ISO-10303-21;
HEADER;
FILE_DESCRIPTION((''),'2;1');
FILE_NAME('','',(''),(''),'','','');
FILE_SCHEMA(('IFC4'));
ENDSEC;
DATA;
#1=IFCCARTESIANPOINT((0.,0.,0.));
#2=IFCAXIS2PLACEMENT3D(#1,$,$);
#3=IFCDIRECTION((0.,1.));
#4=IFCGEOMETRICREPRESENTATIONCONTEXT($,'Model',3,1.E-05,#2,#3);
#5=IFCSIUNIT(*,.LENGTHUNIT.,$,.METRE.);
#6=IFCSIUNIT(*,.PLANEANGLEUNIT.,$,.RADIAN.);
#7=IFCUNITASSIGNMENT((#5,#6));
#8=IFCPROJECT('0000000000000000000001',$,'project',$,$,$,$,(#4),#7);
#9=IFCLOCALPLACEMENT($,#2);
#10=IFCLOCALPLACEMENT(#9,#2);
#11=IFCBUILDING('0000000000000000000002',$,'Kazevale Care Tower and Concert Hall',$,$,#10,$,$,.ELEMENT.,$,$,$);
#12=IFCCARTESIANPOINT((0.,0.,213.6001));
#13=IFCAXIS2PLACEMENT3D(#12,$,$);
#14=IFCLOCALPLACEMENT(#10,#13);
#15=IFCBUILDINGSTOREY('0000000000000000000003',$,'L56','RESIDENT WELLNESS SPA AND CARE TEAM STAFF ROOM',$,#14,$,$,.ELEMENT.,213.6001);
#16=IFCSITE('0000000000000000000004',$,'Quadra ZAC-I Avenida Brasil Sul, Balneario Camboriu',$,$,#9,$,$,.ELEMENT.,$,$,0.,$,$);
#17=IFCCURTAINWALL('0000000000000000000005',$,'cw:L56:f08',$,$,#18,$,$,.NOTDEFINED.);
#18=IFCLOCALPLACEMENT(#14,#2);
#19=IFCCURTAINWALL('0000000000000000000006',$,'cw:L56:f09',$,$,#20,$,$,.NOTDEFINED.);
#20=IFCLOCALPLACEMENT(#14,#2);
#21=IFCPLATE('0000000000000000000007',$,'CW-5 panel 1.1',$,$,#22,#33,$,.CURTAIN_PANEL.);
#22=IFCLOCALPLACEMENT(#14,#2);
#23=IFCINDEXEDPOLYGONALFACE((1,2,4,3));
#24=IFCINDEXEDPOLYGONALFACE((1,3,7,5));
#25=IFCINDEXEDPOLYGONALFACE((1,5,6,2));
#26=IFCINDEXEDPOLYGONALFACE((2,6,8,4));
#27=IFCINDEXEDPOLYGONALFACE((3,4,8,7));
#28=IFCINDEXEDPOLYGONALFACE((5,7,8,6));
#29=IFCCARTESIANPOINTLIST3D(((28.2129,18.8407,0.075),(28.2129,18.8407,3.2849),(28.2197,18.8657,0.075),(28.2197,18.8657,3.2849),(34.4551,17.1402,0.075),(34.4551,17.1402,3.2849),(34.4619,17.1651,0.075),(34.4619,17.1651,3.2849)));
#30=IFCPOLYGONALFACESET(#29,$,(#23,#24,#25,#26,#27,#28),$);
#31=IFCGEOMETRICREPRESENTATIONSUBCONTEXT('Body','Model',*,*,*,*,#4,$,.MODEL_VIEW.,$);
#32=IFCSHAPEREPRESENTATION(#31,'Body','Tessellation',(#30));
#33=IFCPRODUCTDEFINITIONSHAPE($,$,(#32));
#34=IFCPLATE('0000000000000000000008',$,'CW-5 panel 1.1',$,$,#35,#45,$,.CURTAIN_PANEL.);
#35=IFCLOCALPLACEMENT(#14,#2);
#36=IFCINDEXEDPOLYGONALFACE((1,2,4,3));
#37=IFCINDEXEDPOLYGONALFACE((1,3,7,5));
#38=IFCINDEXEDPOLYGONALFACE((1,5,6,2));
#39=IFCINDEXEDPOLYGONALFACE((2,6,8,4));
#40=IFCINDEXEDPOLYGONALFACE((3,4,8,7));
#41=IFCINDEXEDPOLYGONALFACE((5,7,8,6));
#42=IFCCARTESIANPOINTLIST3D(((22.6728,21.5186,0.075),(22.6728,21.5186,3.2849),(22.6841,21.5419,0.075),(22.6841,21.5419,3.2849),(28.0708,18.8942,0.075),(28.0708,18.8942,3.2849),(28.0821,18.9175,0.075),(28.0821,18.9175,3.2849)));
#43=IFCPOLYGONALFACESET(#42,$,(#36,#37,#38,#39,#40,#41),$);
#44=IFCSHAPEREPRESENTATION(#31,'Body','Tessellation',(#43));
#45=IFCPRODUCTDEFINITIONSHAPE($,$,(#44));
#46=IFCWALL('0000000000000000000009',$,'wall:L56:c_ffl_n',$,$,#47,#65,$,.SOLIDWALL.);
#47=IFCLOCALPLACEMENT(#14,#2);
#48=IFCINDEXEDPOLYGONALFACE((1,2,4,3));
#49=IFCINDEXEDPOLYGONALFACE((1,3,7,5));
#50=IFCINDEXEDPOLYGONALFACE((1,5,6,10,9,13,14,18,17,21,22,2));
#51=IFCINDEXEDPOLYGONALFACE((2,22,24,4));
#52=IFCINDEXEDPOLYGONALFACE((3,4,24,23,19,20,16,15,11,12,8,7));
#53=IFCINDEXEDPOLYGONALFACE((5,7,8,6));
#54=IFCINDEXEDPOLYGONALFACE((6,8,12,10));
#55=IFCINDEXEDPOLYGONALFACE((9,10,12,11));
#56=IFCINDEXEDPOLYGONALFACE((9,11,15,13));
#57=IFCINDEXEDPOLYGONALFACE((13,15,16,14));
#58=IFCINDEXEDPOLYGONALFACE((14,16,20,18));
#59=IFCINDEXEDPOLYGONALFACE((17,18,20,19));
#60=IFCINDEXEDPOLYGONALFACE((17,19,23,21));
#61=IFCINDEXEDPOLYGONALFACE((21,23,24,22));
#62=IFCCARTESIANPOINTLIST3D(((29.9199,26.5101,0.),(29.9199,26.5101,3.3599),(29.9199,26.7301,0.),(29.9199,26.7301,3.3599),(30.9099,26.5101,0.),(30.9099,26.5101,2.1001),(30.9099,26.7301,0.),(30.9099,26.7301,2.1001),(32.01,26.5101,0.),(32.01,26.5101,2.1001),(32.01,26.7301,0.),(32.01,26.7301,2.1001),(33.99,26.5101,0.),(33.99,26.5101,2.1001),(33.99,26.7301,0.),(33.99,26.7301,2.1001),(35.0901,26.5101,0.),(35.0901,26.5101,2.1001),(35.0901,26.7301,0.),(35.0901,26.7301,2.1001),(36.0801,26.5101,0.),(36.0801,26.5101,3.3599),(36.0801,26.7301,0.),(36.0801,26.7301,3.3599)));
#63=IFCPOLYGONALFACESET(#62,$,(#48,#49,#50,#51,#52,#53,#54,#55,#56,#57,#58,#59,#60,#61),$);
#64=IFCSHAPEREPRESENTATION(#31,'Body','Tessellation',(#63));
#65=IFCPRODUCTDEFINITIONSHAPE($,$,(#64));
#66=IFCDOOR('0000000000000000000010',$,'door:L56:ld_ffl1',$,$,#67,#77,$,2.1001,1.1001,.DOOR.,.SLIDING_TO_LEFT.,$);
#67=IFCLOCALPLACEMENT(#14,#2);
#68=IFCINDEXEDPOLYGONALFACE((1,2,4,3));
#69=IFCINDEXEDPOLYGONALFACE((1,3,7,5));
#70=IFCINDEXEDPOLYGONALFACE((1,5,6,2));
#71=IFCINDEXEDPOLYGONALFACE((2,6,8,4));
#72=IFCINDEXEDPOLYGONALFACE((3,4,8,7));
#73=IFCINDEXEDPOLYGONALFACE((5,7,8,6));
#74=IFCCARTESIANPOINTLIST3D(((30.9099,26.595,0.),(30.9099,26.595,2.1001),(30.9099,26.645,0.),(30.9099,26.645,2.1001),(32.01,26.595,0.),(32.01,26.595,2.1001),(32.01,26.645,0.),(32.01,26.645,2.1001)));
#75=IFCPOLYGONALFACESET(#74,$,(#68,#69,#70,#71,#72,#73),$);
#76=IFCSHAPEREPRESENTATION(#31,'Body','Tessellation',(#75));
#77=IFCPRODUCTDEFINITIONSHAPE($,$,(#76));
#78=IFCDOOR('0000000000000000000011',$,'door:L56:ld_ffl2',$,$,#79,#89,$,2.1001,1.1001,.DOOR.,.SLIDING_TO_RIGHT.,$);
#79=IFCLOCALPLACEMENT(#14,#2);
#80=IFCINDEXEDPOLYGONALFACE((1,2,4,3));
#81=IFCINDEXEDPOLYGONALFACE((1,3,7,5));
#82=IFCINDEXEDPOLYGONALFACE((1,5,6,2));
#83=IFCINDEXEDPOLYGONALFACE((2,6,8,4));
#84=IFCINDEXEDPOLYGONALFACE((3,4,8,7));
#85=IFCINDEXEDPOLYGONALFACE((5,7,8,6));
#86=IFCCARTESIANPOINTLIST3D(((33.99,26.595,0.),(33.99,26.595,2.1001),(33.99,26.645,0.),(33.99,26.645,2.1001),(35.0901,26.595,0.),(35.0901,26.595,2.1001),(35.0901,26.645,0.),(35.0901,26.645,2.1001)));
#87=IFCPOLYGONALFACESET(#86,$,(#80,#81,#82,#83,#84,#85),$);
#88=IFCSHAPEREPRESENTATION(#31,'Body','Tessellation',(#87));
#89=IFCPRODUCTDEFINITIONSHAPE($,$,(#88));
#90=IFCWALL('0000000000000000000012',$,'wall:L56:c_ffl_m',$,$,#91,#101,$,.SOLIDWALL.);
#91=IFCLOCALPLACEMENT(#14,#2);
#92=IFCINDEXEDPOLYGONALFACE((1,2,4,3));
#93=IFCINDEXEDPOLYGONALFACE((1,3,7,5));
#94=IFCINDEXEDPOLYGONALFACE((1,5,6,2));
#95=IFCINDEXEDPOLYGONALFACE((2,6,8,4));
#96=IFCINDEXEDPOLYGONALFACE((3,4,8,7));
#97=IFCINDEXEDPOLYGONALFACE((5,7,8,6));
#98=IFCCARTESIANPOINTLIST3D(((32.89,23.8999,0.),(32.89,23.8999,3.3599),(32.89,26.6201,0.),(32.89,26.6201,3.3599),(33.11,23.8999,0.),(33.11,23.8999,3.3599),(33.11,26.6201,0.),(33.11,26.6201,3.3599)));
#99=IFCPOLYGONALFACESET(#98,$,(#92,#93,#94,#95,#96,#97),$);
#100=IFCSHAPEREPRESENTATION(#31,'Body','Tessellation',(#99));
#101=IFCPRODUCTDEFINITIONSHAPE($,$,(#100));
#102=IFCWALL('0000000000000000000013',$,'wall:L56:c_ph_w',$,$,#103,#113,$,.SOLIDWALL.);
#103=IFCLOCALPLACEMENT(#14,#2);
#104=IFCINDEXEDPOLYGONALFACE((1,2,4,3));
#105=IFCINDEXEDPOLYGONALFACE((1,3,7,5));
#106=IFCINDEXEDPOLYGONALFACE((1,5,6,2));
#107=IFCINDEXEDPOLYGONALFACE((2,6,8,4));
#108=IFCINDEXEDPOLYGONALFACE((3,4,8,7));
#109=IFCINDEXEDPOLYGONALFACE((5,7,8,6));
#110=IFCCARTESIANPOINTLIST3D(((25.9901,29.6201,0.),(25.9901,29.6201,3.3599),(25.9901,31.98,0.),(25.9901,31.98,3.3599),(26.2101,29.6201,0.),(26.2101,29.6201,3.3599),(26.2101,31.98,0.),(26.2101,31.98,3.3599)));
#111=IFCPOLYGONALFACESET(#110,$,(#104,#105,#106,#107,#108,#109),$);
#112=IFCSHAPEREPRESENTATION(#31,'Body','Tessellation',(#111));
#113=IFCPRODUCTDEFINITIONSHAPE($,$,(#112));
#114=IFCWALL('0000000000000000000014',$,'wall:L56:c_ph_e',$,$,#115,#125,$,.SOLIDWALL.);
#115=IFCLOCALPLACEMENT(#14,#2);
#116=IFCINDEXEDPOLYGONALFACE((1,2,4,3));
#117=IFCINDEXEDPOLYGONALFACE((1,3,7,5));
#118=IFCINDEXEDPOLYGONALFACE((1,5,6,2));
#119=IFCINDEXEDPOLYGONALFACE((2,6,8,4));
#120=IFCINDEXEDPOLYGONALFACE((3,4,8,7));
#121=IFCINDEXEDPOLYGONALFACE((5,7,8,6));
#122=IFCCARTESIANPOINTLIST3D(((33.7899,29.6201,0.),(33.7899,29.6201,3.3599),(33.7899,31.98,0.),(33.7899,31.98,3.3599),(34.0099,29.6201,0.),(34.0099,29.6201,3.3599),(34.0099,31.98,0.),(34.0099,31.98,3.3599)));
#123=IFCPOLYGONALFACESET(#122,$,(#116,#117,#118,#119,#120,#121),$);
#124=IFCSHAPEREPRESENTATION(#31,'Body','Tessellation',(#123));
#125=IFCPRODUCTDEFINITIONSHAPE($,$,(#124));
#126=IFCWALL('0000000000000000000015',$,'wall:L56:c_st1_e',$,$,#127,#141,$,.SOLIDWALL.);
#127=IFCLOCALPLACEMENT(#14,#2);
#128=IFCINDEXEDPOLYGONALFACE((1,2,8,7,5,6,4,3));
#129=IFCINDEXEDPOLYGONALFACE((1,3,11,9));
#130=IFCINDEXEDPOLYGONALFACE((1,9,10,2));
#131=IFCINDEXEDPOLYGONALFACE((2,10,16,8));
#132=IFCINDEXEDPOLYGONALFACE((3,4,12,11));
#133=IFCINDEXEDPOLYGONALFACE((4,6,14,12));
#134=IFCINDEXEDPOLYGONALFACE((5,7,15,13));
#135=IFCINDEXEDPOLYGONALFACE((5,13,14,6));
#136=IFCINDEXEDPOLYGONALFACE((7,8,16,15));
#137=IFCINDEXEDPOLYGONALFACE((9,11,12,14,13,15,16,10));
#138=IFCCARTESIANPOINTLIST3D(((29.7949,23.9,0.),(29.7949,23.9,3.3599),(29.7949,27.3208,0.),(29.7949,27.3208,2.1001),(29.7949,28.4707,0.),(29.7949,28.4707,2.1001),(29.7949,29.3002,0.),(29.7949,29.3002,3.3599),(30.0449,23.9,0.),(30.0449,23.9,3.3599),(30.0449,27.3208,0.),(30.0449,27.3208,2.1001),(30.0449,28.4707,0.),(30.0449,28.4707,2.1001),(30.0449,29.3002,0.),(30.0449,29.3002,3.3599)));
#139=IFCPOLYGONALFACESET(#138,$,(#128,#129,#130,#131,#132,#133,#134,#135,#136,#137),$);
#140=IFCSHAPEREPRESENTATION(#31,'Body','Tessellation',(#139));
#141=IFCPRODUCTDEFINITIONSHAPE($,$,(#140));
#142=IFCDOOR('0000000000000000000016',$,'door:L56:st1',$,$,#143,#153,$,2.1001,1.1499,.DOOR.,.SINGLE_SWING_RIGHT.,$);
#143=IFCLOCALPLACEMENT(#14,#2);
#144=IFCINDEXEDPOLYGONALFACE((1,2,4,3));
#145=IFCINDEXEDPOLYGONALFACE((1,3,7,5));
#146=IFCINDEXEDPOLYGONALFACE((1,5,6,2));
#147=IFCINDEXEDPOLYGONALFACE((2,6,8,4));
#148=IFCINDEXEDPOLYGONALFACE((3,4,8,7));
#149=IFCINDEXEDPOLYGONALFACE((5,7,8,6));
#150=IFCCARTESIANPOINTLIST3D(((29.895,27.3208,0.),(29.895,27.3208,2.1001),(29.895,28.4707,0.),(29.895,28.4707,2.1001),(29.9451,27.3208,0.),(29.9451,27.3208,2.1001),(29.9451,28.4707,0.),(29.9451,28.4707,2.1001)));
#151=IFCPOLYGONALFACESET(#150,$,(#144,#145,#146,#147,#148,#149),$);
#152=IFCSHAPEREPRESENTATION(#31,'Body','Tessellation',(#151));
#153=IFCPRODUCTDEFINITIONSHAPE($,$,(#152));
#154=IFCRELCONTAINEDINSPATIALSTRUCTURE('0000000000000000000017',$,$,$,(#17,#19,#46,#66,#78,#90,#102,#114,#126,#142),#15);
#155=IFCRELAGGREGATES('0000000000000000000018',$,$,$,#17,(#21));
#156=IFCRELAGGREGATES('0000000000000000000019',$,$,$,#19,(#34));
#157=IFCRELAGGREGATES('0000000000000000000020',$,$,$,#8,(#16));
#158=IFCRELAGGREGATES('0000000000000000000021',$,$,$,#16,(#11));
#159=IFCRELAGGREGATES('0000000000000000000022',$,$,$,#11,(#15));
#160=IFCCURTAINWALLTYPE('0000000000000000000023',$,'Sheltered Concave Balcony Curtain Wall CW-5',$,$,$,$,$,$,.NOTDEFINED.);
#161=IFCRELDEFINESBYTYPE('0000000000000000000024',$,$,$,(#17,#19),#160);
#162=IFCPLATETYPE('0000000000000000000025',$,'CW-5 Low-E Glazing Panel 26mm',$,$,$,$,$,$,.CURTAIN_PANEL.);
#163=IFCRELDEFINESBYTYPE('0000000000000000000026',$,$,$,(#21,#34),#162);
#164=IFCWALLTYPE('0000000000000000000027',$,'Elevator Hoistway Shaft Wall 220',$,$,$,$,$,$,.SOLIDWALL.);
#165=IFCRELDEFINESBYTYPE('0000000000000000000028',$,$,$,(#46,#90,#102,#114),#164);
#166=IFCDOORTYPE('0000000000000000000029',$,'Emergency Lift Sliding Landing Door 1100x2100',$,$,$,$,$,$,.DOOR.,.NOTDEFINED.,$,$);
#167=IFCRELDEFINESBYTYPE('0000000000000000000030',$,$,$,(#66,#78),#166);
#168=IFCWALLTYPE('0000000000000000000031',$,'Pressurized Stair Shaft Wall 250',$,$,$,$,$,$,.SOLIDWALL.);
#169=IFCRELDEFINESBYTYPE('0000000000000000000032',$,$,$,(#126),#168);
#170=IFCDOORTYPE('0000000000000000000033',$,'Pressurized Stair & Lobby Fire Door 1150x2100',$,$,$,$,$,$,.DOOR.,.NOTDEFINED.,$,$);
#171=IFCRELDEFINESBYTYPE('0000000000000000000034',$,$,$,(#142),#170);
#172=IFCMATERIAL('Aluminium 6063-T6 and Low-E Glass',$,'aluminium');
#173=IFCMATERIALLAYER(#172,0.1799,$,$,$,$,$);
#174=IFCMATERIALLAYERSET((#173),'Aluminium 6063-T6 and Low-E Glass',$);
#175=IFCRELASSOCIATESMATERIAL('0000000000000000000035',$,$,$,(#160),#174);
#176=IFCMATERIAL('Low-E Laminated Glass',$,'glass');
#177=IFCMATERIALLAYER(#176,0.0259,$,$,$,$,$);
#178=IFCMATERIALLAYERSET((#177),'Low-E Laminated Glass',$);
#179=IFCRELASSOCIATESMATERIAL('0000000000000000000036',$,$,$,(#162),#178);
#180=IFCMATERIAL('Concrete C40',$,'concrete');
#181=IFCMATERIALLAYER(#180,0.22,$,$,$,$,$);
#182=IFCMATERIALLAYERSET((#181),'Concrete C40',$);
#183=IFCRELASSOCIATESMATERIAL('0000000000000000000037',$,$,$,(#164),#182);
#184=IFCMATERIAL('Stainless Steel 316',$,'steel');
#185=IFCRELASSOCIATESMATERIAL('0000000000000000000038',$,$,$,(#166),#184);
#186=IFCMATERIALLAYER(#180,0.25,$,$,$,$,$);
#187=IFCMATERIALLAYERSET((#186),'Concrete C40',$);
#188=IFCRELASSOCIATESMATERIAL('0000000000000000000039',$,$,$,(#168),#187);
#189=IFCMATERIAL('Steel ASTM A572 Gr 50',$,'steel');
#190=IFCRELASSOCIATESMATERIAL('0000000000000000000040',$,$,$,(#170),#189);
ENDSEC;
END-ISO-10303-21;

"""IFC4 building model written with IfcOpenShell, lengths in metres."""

from ifc_helpers import new_model, si_unit, direction, frame, frame_2d, origin, origin_2d, place, context, subcontext, project, spatial, rectangle, extrude, material, layer, layer_set, type_object, element, fill, aggregate, save


model = new_model("IFC4")

# Units and contexts
model_context = context("Model", 3, precision=1e-05, world=origin(), true_north=direction((0.0, 1.0)))
body_context = subcontext(model_context, "Body", "Model", "MODEL_VIEW")
ifc_project = project(units=[si_unit("LENGTHUNIT", "METRE"), si_unit("PLANEANGLEUNIT", "RADIAN")], contexts=[model_context])

# Site, building, storey
site_placement = place(None, origin())
site = spatial("IfcSite", under=ifc_project, at=site_placement, Name="Quadra ZAC-I Avenida Brasil Sul, Balneario Camboriu", CompositionType="ELEMENT", RefElevation=0.0)
building_placement = place(site_placement, origin())
building = spatial("IfcBuilding", under=site, at=building_placement, Name="Kazevale Care Tower and Concert Hall", CompositionType="ELEMENT")
storey_placement = place(building_placement, frame((0.0, 0.0, 213.6001)))
storey = spatial("IfcBuildingStorey", under=building, at=storey_placement, Name="L56", Description="RESIDENT WELLNESS SPA AND CARE TEAM STAFF ROOM", CompositionType="ELEMENT", Elevation=213.6001)

# Curtain wall
ifc_material_1 = material(Name="Aluminium 6063-T6 and Low-E Glass", Category="aluminium")
ifc_layer_1 = layer(ifc_material_1, 0.1799)
ifc_layer_set_1 = layer_set([ifc_layer_1], Name="Aluminium 6063-T6 and Low-E Glass")
curtain_wall_type = type_object("IfcCurtainWallType", Name="Sheltered Concave Balcony Curtain Wall CW-5", PredefinedType="NOTDEFINED", material=ifc_layer_set_1)
curtain_wall_1_placement = place(storey_placement, origin())
curtain_wall_1 = element("IfcCurtainWall", 1, at=curtain_wall_1_placement, inside=storey, type_object=curtain_wall_type, Name="cw:L56:f08", PredefinedType="NOTDEFINED")

# Curtain wall
curtain_wall_2_placement = place(storey_placement, origin())
curtain_wall_2 = element("IfcCurtainWall", 2, at=curtain_wall_2_placement, inside=storey, type_object=curtain_wall_type, Name="cw:L56:f09", PredefinedType="NOTDEFINED")

# Shared definitions
ifc_material_2 = material(Name="Steel ASTM A572 Gr 50", Category="steel")

# Plates
ifc_material_3 = material(Name="Low-E Laminated Glass", Category="glass")
ifc_layer_2 = layer(ifc_material_3, 0.0259)
ifc_layer_set_2 = layer_set([ifc_layer_2], Name="Low-E Laminated Glass")
plate_type = type_object("IfcPlateType", Name="CW-5 Low-E Glazing Panel 26mm", PredefinedType="CURTAIN_PANEL", material=ifc_layer_set_2)
plate_1_placement = place(storey_placement, frame((31.3374, 18.0029, 0.075), z_axis=(0.0, 0.0, 1.0), x_axis=(-0.964837, 0.262849, 0.0)))
plate_1 = element("IfcPlate", 3, at=plate_1_placement, type_object=plate_type, Name="CW-5 panel 1.1", PredefinedType="CURTAIN_PANEL", context=body_context, shape_type="SweptSolid", body=[
    extrude(rectangle(XDim=6.4697, YDim=0.0259, at=origin_2d()), origin(), (0.0, 0.0, 1.0), 3.21),
])
aggregate(curtain_wall_1, [plate_1])
plate_2_placement = place(storey_placement, frame((25.3774, 20.218, 0.075), z_axis=(0.0, 0.0, 1.0), x_axis=(-0.899346, 0.437238, 0.0)))
plate_2 = element("IfcPlate", 4, at=plate_2_placement, type_object=plate_type, Name="CW-5 panel 1.1", PredefinedType="CURTAIN_PANEL", context=body_context, shape_type="SweptSolid", body=[
    extrude(rectangle(XDim=6.0022, YDim=0.0259, at=origin_2d()), origin(), (0.0, 0.0, 1.0), 3.21),
])
aggregate(curtain_wall_2, [plate_2])

# Wall, openings, doors
ifc_material_4 = material(Name="Concrete C40", Category="concrete")
ifc_layer_3 = layer(ifc_material_4, 0.22)
ifc_layer_set_3 = layer_set([ifc_layer_3], Name="Concrete C40")
wall_type_1 = type_object("IfcWallType", Name="Elevator Hoistway Shaft Wall 220", PredefinedType="SOLIDWALL", material=ifc_layer_set_3)
wall_1_placement = place(storey_placement, frame((29.9199, 26.6201, 0.0), z_axis=(0.0, 0.0, 1.0), x_axis=(1.0, 0.0, 0.0)))
wall_1 = element("IfcWall", 5, at=wall_1_placement, inside=storey, type_object=wall_type_1, Name="wall:L56:c_ffl_n", PredefinedType="SOLIDWALL", context=body_context, shape_type="SweptSolid", body=[
    extrude(rectangle(XDim=6.1602, YDim=0.22, at=frame_2d((3.0801, 0.0))), origin(), (0.0, 0.0, 1.0), 3.3599),
])
opening_1_placement = place(wall_1_placement, frame((0.99, 0.0, 0.0)))
opening_1 = element("IfcOpeningElement", 6, at=opening_1_placement, cuts=wall_1, PredefinedType="OPENING", context=body_context, shape_type="SweptSolid", body=[
    extrude(rectangle(XDim=1.1001, YDim=2.1001, at=frame_2d((0.55, 1.05))), frame((0.0, 0.1199, 0.0), z_axis=(0.0, -1.0, 0.0), x_axis=(1.0, 0.0, 0.0)), (0.0, 0.0, 1.0), 0.24),
])
opening_2_placement = place(wall_1_placement, frame((4.0701, 0.0, 0.0)))
opening_2 = element("IfcOpeningElement", 7, at=opening_2_placement, cuts=wall_1, PredefinedType="OPENING", context=body_context, shape_type="SweptSolid", body=[
    extrude(rectangle(XDim=1.1001, YDim=2.1001, at=frame_2d((0.55, 1.05))), frame((0.0, 0.1199, 0.0), z_axis=(0.0, -1.0, 0.0), x_axis=(1.0, 0.0, 0.0)), (0.0, 0.0, 1.0), 0.24),
])
ifc_material_5 = material(Name="Stainless Steel 316", Category="steel")
door_type_1 = type_object("IfcDoorType", Name="Emergency Lift Sliding Landing Door 1100x2100", OperationType="NOTDEFINED", PredefinedType="DOOR", material=ifc_material_5)
door_1_placement = place(opening_1_placement, origin())
door_1 = element("IfcDoor", 8, at=door_1_placement, inside=storey, type_object=door_type_1, Name="door:L56:ld_ffl1", OperationType="SLIDING_TO_LEFT", OverallHeight=2.1001, OverallWidth=1.1001, PredefinedType="DOOR", context=body_context, shape_type="SweptSolid", body=[
    extrude(rectangle(XDim=1.1001, YDim=2.1001, at=frame_2d((0.55, 1.05))), frame((0.0, 0.0249, 0.0), z_axis=(0.0, -1.0, 0.0), x_axis=(1.0, 0.0, 0.0)), (0.0, 0.0, 1.0), 0.05),
])
fill(opening_1, door_1)
door_2_placement = place(opening_2_placement, origin())
door_2 = element("IfcDoor", 9, at=door_2_placement, inside=storey, type_object=door_type_1, Name="door:L56:ld_ffl2", OperationType="SLIDING_TO_RIGHT", OverallHeight=2.1001, OverallWidth=1.1001, PredefinedType="DOOR", context=body_context, shape_type="SweptSolid", body=[
    extrude(rectangle(XDim=1.1001, YDim=2.1001, at=frame_2d((0.55, 1.05))), frame((0.0, 0.0249, 0.0), z_axis=(0.0, -1.0, 0.0), x_axis=(1.0, 0.0, 0.0)), (0.0, 0.0, 1.0), 0.05),
])
fill(opening_2, door_2)

# Walls
wall_2_placement = place(storey_placement, frame((33.0, 23.8999, 0.0), z_axis=(0.0, 0.0, 1.0), x_axis=(0.0, 1.0, 0.0)))
element("IfcWall", 10, at=wall_2_placement, inside=storey, type_object=wall_type_1, Name="wall:L56:c_ffl_m", PredefinedType="SOLIDWALL", context=body_context, shape_type="SweptSolid", body=[
    extrude(rectangle(XDim=2.7202, YDim=0.22, at=frame_2d((1.3601, 0.0))), origin(), (0.0, 0.0, 1.0), 3.3599),
])
for number, where, z_axis, x_axis, name in (
    (11, (26.1001, 29.6201, 0.0), (0.0, 0.0, 1.0), (0.0, 1.0, 0.0), "wall:L56:c_ph_w"),
    (12, (33.8999, 29.6201, 0.0), (0.0, 0.0, 1.0), (0.0, 1.0, 0.0), "wall:L56:c_ph_e"),
):
    element("IfcWall", number, at=place(storey_placement, frame(where, z_axis=z_axis, x_axis=x_axis)), inside=storey, type_object=wall_type_1, Name=name, PredefinedType="SOLIDWALL", context=body_context, shape_type="SweptSolid", body=[
        extrude(rectangle(XDim=2.3599, YDim=0.22, at=frame_2d((1.1799, 0.0))), origin(), (0.0, 0.0, 1.0), 3.3599),
    ])

# Wall, opening, door
ifc_layer_4 = layer(ifc_material_4, 0.25)
ifc_layer_set_4 = layer_set([ifc_layer_4], Name="Concrete C40")
wall_type_2 = type_object("IfcWallType", Name="Pressurized Stair Shaft Wall 250", PredefinedType="SOLIDWALL", material=ifc_layer_set_4)
wall_3_placement = place(storey_placement, frame((29.9199, 23.8999, 0.0), z_axis=(0.0, 0.0, 1.0), x_axis=(0.0, 1.0, 0.0)))
wall_3 = element("IfcWall", 13, at=wall_3_placement, inside=storey, type_object=wall_type_2, Name="wall:L56:c_st1_e", PredefinedType="SOLIDWALL", context=body_context, shape_type="SweptSolid", body=[
    extrude(rectangle(XDim=5.4001, YDim=0.25, at=frame_2d((2.7002, 0.0))), origin(), (0.0, 0.0, 1.0), 3.3599),
])
opening_3_placement = place(wall_3_placement, frame((3.4209, 0.0, 0.0)))
opening_3 = element("IfcOpeningElement", 14, at=opening_3_placement, cuts=wall_3, PredefinedType="OPENING", context=body_context, shape_type="SweptSolid", body=[
    extrude(rectangle(XDim=1.1499, YDim=2.1001, at=frame_2d((0.575, 1.05))), frame((0.0, 0.135, 0.0), z_axis=(0.0, -1.0, 0.0), x_axis=(1.0, 0.0, 0.0)), (0.0, 0.0, 1.0), 0.27),
])
door_type_2 = type_object("IfcDoorType", Name="Pressurized Stair & Lobby Fire Door 1150x2100", OperationType="NOTDEFINED", PredefinedType="DOOR", material=ifc_material_2)
door_3_placement = place(opening_3_placement, origin())
door_3 = element("IfcDoor", 15, at=door_3_placement, inside=storey, type_object=door_type_2, Name="door:L56:st1", OperationType="SINGLE_SWING_RIGHT", OverallHeight=2.1001, OverallWidth=1.1499, PredefinedType="DOOR", context=body_context, shape_type="SweptSolid", body=[
    extrude(rectangle(XDim=1.1499, YDim=2.1001, at=frame_2d((0.575, 1.05))), frame((0.0, 0.0249, 0.0), z_axis=(0.0, -1.0, 0.0), x_axis=(1.0, 0.0, 0.0)), (0.0, 0.0, 1.0), 0.05),
])
fill(opening_3, door_3)

save(model, "model.ifc")
